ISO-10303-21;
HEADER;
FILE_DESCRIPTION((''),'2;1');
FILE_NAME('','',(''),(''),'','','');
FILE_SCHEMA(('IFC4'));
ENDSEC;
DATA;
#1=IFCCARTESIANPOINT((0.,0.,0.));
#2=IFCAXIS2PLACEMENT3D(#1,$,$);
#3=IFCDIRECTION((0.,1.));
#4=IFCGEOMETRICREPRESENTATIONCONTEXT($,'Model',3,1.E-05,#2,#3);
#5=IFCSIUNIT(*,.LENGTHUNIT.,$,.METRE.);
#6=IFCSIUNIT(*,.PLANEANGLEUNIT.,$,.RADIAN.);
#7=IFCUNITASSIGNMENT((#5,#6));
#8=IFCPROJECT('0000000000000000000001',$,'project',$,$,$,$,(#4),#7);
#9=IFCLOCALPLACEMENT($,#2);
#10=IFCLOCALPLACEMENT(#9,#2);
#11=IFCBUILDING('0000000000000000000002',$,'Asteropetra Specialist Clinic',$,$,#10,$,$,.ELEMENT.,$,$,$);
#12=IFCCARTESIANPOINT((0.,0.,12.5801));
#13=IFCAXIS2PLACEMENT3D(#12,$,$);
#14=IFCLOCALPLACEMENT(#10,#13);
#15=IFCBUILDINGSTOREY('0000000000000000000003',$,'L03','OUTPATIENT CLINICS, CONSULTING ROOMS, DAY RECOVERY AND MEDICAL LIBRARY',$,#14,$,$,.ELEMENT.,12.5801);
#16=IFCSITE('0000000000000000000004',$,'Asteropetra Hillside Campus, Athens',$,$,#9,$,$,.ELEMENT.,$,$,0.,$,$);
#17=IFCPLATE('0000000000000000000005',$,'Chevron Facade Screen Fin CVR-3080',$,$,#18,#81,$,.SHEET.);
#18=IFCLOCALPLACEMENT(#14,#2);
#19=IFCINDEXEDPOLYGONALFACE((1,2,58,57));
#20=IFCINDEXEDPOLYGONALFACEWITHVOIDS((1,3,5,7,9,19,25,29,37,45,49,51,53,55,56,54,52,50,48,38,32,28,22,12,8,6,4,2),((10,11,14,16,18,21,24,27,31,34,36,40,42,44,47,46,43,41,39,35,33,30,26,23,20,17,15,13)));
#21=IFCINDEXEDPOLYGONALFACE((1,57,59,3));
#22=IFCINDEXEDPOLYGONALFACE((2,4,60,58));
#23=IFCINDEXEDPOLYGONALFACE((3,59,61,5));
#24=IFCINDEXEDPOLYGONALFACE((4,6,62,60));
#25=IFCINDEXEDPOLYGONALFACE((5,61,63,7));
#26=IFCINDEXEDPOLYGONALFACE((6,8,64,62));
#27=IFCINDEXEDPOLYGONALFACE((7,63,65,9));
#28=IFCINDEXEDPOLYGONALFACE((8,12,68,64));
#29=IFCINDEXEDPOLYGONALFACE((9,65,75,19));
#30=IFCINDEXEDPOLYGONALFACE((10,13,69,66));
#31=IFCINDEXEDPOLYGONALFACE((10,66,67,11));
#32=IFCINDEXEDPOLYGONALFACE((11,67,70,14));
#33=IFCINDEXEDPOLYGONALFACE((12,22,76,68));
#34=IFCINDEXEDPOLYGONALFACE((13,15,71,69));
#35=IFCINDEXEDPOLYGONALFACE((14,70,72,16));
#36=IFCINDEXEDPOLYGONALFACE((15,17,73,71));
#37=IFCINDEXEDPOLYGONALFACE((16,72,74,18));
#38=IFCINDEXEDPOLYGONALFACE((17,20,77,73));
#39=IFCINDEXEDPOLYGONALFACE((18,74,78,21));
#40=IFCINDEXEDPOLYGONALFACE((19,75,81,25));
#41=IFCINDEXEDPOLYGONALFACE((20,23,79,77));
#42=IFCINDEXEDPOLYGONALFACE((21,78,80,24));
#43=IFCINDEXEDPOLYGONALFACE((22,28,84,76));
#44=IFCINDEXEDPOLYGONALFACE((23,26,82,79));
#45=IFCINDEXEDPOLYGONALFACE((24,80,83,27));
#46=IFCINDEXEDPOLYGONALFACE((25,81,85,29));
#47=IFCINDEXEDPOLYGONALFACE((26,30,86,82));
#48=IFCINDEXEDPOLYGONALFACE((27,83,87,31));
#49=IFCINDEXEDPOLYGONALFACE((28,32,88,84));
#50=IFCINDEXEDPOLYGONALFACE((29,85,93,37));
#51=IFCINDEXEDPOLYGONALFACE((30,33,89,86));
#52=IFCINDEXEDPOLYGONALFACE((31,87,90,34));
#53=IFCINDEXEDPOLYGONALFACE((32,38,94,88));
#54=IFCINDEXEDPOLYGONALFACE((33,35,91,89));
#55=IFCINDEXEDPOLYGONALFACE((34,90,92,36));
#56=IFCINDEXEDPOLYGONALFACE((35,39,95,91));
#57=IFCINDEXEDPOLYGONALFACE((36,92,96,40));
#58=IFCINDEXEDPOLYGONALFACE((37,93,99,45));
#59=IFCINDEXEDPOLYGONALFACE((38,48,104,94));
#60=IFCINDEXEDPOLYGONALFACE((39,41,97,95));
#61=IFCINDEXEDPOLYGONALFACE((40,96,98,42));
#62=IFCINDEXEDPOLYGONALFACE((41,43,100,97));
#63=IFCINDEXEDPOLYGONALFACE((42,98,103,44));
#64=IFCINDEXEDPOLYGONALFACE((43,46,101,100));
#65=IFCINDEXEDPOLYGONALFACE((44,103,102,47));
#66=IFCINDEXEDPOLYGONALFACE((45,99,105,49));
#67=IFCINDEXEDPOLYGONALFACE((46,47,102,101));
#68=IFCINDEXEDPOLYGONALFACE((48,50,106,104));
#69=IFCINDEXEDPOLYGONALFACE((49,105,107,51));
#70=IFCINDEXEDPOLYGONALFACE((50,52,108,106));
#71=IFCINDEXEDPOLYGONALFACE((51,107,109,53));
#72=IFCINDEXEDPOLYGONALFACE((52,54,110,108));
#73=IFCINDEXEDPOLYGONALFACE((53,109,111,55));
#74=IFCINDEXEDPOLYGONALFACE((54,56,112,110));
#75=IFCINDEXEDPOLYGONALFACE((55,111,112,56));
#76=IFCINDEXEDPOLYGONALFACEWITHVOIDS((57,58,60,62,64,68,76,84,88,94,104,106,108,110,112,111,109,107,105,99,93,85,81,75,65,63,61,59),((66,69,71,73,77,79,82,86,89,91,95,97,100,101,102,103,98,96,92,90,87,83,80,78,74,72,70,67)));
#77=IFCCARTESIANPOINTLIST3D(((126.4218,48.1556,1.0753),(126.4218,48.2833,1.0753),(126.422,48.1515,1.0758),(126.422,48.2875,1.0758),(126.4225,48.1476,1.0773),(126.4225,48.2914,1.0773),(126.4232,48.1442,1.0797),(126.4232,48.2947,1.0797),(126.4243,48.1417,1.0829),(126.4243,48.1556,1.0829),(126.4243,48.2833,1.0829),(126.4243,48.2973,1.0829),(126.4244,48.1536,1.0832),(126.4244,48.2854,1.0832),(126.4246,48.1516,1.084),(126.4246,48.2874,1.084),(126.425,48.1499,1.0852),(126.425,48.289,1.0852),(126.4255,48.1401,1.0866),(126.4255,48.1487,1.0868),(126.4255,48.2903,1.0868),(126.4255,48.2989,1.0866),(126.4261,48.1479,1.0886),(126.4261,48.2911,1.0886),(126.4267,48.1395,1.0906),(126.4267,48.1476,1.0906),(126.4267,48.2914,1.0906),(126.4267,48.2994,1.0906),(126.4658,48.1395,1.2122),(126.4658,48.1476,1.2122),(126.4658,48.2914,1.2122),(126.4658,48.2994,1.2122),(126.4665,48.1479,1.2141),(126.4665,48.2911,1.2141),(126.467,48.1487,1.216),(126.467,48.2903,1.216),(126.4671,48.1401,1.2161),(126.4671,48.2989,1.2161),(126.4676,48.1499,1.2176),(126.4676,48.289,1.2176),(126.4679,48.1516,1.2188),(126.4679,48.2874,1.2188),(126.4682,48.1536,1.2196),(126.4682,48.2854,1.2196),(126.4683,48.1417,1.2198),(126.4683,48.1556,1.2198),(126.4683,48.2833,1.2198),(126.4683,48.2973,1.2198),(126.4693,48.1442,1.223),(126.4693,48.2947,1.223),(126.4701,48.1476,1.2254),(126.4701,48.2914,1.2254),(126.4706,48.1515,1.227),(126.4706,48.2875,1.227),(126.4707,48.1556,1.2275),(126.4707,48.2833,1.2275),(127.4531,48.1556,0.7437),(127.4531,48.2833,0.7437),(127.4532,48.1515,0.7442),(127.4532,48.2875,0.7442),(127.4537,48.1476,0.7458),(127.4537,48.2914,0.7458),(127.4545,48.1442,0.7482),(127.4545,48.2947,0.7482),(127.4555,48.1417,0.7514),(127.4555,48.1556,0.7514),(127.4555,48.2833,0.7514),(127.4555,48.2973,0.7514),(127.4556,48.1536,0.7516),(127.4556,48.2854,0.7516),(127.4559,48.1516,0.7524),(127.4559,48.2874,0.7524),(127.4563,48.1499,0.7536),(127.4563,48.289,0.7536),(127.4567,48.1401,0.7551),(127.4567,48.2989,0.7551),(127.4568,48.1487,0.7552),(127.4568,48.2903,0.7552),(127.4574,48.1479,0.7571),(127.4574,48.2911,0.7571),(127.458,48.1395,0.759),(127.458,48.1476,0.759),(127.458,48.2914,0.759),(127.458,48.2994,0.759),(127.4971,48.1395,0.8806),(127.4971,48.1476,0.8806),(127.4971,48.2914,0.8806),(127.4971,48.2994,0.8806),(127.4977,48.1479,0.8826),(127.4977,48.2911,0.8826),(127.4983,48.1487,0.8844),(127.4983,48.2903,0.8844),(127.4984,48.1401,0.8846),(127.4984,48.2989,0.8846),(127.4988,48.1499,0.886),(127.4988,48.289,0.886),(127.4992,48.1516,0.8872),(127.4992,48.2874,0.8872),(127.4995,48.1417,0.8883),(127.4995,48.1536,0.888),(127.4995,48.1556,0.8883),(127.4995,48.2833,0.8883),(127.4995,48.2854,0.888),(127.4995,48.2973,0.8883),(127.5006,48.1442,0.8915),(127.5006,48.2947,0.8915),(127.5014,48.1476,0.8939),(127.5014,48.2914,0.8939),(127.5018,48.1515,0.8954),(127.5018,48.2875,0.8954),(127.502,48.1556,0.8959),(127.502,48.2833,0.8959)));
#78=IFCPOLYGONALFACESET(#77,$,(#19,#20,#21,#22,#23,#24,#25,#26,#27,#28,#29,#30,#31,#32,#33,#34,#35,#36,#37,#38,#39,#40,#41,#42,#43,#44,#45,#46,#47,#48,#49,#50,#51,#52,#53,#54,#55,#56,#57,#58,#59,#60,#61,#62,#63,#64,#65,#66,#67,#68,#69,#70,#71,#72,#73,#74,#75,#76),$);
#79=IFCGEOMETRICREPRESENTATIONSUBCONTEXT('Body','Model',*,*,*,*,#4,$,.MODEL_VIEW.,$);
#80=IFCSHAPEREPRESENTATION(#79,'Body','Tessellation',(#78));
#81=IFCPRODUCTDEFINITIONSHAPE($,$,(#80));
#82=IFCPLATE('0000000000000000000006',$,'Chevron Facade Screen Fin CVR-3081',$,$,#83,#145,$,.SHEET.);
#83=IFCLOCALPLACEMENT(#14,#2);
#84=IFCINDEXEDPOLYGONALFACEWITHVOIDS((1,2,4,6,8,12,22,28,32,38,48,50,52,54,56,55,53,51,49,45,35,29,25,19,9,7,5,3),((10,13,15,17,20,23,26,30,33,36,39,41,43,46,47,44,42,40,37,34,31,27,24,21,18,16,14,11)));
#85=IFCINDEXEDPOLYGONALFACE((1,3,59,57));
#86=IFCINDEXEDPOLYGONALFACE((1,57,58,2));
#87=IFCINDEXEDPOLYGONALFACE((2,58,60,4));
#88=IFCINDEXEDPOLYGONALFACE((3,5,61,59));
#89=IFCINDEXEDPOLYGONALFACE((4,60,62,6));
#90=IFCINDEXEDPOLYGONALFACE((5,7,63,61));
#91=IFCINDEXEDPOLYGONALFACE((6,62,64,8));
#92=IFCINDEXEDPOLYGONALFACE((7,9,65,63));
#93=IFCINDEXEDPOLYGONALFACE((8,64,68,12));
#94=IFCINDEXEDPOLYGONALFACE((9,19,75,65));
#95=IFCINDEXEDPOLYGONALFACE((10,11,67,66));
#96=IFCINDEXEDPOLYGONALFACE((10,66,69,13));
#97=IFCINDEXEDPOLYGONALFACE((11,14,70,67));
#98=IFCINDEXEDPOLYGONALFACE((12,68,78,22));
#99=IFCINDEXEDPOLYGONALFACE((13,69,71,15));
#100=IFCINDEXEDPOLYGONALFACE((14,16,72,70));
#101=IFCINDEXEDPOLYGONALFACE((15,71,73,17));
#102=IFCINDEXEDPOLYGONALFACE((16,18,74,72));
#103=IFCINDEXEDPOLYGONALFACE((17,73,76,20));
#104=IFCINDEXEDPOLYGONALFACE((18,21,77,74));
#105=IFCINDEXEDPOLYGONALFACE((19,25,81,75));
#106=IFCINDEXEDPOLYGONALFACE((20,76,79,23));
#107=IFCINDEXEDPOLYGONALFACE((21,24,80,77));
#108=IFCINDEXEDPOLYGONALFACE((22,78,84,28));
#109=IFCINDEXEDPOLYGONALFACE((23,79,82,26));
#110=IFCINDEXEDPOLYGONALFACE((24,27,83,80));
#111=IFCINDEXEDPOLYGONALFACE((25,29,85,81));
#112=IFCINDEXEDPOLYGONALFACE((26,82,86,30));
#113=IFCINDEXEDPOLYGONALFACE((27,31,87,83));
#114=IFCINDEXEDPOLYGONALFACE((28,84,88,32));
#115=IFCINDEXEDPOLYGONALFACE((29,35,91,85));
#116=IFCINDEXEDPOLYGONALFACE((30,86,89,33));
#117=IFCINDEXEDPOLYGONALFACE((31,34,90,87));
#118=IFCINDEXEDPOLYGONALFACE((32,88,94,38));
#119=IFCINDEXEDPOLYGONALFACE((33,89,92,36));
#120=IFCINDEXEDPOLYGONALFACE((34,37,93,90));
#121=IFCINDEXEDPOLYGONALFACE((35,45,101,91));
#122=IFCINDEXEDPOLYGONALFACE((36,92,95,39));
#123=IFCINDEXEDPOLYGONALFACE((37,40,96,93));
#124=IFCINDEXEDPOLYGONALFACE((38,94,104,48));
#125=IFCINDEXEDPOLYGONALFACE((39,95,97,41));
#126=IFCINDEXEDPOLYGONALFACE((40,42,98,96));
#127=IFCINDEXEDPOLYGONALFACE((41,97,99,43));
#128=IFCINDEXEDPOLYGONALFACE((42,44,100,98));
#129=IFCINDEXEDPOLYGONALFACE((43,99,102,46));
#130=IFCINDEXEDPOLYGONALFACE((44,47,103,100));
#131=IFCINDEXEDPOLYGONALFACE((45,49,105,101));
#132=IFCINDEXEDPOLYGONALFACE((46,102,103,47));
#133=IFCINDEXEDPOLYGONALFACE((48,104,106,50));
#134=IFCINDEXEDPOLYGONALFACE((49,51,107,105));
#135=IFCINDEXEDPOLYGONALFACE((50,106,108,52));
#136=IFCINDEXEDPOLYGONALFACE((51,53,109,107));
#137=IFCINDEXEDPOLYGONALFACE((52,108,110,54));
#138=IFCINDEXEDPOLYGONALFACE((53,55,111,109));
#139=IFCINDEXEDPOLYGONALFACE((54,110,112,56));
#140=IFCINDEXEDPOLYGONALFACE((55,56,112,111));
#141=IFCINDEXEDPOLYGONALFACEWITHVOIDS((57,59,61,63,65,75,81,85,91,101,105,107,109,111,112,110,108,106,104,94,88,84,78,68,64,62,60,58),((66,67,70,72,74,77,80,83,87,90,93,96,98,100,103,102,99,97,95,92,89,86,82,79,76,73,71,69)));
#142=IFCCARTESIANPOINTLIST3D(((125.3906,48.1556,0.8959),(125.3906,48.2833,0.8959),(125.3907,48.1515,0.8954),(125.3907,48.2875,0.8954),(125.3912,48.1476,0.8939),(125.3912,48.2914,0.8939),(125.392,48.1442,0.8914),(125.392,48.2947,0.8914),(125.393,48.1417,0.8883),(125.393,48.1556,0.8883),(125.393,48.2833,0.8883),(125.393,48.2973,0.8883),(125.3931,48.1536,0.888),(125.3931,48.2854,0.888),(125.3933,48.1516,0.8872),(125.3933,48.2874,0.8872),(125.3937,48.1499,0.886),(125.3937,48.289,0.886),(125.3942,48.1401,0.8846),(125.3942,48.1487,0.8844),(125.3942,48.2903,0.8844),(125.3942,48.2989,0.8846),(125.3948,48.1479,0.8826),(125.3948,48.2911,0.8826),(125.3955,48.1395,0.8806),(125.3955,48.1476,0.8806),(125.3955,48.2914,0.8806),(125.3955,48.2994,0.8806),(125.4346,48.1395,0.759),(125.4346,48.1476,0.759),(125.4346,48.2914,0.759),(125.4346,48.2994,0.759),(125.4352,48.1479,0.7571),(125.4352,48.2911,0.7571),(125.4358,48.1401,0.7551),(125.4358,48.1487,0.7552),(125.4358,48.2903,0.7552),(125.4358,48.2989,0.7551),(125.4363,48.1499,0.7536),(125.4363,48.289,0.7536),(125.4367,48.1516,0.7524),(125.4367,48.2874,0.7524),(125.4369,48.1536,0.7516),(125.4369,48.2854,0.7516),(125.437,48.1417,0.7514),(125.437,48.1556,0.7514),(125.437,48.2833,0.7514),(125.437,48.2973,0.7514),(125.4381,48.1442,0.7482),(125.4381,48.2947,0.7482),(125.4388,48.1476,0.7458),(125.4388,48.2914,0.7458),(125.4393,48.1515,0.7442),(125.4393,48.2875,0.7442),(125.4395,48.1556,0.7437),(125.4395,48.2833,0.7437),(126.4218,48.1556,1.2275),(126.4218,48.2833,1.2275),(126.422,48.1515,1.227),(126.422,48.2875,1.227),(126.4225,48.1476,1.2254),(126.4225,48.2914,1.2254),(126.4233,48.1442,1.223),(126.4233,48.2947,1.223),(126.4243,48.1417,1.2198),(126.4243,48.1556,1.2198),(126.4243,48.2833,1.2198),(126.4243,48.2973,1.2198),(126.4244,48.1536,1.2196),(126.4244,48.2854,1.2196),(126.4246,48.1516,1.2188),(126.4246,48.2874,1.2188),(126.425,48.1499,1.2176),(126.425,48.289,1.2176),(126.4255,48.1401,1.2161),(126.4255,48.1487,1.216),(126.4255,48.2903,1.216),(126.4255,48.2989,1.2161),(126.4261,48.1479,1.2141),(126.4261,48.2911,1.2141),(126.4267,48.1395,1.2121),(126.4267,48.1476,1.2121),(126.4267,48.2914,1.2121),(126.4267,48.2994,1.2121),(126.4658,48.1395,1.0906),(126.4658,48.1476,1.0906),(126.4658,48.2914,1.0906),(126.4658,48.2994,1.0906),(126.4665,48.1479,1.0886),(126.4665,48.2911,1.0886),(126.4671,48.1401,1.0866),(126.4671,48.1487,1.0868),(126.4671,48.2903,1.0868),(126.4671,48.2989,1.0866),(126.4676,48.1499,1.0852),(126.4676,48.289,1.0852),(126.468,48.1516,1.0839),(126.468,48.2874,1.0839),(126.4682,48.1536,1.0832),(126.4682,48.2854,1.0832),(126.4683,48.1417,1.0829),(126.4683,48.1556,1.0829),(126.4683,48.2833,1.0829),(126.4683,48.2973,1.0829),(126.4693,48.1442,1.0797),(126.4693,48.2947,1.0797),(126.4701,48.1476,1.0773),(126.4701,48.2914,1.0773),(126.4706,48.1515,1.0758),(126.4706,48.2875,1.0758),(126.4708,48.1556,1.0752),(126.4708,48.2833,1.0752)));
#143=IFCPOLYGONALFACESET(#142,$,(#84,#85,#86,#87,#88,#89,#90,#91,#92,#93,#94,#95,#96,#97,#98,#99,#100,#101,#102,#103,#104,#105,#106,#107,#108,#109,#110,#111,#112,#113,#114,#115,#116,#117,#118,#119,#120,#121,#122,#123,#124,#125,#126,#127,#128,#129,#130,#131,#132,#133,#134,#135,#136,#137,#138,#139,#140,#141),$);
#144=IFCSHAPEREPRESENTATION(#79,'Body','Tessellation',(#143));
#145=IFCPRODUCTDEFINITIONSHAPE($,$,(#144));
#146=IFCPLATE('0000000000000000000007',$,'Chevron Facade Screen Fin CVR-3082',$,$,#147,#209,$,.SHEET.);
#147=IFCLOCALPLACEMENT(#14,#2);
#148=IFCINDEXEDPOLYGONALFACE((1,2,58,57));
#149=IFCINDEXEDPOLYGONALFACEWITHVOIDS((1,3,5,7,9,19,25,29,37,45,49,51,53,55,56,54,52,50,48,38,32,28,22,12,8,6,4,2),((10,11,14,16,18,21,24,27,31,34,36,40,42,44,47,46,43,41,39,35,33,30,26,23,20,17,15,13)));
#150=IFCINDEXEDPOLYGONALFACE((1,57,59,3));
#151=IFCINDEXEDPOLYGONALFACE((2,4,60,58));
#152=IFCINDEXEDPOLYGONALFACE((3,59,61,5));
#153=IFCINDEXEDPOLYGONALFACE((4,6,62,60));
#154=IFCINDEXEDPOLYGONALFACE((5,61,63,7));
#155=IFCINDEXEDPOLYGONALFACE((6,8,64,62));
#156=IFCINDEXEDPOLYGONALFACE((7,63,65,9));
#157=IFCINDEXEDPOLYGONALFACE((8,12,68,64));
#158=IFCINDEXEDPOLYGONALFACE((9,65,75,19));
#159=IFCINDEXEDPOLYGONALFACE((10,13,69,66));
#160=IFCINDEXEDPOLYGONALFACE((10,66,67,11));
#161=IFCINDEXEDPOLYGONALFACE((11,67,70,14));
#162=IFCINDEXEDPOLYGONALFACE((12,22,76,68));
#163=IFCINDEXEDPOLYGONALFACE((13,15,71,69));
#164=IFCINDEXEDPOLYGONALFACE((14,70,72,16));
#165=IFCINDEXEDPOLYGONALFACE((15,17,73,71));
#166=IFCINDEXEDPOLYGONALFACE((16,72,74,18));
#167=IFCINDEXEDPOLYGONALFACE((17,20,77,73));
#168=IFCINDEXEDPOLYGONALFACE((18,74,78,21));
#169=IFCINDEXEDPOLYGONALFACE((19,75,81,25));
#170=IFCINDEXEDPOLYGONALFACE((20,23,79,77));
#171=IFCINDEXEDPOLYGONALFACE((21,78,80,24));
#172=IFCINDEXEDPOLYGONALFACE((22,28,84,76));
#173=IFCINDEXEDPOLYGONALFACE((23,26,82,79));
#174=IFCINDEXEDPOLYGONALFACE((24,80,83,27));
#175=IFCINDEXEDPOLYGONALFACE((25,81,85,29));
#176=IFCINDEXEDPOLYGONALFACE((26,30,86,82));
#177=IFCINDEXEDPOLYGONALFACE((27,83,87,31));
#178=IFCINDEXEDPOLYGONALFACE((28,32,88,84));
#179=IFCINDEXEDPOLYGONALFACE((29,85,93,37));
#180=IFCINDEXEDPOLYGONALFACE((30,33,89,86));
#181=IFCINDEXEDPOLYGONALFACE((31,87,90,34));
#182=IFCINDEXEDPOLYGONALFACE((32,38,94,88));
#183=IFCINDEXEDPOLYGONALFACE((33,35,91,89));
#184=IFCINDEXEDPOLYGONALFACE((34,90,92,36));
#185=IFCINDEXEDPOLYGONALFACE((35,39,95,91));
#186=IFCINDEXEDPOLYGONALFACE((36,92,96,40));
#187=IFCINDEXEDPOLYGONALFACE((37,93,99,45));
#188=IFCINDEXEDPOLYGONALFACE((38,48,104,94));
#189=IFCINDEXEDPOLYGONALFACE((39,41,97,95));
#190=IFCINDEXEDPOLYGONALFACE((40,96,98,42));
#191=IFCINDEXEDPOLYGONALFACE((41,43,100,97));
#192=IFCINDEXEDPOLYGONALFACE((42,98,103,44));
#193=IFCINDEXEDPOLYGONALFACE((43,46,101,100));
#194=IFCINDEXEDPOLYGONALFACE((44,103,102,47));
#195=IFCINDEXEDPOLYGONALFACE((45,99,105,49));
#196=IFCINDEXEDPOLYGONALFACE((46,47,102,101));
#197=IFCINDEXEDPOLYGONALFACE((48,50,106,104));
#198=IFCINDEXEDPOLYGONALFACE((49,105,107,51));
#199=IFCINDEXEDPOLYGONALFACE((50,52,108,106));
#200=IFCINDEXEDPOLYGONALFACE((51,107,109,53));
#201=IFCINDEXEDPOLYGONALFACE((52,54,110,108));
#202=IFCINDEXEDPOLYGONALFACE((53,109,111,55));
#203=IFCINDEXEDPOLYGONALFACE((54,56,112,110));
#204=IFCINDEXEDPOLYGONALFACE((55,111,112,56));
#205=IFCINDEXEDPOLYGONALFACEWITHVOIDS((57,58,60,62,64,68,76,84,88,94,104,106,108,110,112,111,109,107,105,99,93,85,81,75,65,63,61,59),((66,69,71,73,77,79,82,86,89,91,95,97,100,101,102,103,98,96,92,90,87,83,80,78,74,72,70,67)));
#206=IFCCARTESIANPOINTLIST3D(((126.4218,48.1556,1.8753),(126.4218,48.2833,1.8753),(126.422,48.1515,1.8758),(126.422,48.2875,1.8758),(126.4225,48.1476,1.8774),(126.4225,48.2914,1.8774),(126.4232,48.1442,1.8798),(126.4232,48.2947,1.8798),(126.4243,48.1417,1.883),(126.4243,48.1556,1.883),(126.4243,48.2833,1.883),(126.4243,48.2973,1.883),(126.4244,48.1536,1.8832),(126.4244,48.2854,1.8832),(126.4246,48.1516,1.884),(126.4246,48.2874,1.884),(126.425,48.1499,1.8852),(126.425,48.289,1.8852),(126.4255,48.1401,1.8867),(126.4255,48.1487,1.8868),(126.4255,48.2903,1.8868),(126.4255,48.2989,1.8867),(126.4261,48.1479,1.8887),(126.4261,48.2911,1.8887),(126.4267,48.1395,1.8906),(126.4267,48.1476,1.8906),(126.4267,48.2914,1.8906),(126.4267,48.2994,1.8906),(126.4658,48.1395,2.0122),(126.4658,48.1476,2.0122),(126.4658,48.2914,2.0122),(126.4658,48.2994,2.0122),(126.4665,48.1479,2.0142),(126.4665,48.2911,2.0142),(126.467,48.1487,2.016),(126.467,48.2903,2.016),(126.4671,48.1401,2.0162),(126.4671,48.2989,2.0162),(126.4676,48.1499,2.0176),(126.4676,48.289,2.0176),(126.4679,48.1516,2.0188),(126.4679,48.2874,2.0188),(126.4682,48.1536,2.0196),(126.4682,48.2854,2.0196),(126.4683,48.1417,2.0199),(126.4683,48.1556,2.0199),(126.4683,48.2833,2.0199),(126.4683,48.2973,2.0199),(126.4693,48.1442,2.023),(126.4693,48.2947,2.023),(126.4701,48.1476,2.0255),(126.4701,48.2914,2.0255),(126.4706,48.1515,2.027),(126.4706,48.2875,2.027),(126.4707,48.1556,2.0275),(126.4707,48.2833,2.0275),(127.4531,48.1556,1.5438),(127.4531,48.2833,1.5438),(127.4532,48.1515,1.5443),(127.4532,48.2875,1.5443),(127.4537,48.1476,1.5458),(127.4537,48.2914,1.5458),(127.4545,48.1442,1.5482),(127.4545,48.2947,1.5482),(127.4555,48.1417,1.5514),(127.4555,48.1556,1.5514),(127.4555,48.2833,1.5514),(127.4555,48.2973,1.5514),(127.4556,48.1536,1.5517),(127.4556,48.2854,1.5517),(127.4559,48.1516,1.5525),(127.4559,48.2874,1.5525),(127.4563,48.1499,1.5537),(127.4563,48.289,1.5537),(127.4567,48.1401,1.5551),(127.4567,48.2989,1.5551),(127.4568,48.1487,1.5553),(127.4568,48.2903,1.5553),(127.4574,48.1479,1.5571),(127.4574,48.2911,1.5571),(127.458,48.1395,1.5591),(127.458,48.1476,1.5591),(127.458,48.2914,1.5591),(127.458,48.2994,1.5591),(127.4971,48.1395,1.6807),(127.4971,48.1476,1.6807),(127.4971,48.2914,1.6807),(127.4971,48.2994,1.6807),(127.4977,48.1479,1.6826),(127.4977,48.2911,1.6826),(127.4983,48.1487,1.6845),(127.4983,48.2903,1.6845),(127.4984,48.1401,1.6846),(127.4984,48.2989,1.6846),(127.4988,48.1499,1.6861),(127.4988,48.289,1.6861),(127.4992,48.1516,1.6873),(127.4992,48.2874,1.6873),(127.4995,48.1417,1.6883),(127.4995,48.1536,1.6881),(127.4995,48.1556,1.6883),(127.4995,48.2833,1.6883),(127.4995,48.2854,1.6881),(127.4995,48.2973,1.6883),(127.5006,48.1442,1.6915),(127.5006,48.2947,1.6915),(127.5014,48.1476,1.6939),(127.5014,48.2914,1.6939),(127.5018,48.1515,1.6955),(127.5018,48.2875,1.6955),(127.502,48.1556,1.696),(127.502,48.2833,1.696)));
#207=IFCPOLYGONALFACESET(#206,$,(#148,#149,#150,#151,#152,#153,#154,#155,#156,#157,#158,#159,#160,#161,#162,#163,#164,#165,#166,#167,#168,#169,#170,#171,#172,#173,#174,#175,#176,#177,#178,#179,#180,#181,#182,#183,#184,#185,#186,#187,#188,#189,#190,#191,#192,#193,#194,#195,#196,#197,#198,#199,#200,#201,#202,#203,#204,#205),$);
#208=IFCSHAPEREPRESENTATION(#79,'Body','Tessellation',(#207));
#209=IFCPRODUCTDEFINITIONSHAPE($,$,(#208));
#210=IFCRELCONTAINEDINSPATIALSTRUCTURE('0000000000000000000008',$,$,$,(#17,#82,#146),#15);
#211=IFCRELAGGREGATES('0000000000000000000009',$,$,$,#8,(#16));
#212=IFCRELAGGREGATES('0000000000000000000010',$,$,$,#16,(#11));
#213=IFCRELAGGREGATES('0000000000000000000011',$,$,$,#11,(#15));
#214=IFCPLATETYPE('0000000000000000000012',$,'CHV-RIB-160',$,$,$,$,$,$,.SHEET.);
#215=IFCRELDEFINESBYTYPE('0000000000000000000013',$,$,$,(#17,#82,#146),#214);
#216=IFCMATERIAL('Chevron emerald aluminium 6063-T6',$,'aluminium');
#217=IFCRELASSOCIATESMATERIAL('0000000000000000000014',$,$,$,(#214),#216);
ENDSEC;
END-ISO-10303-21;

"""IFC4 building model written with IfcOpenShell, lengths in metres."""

from ifc_helpers import new_model, si_unit, direction, frame, origin, origin_2d, place, context, subcontext, project, spatial, hollow_rectangle, extrude, material, material_profile, profile_set, type_object, element, save


model = new_model("IFC4")

# Units and contexts
model_context = context("Model", 3, precision=1e-05, world=origin(), true_north=direction((0.0, 1.0)))
body_context = subcontext(model_context, "Body", "Model", "MODEL_VIEW")
ifc_project = project(units=[si_unit("LENGTHUNIT", "METRE"), si_unit("PLANEANGLEUNIT", "RADIAN")], contexts=[model_context])

# Site, building, storey
site_placement = place(None, origin())
site = spatial("IfcSite", under=ifc_project, at=site_placement, Name="Asteropetra Hillside Campus, Athens", CompositionType="ELEMENT", RefElevation=0.0)
building_placement = place(site_placement, origin())
building = spatial("IfcBuilding", under=site, at=building_placement, Name="Asteropetra Specialist Clinic", CompositionType="ELEMENT")
storey_placement = place(building_placement, frame((0.0, 0.0, 12.5801)))
storey = spatial("IfcBuildingStorey", under=building, at=storey_placement, Name="L03", Description="OUTPATIENT CLINICS, CONSULTING ROOMS, DAY RECOVERY AND MEDICAL LIBRARY", CompositionType="ELEMENT", Elevation=12.5801)

# Plates
ifc_material_1 = material(Name="Chevron emerald aluminium 6063-T6", Category="aluminium")
ifc_material_profile = material_profile(ifc_material_1, hollow_rectangle(XDim=0.1599, YDim=0.1599, WallThickness=0.0081, InnerFilletRadius=0.0081, OuterFilletRadius=0.0161, at=origin_2d()), Name="SHS 160x160x8.0")
ifc_profile_set = profile_set([ifc_material_profile], Name="Chevron emerald aluminium 6063-T6")
plate_type_1 = type_object("IfcPlateType", Name="CHV-RIB-160", PredefinedType="SHEET", material=ifc_profile_set)
for number, where, z_axis, x_axis, name in (
    (1, (127.4775, 48.2195, 0.8198), (-0.95201, 0.0, 0.306068), (0.0, -1.0, 0.0), "Chevron Facade Screen Fin CVR-3080"),
    (2, (126.4463, 48.2195, 1.1514), (-0.95201, 0.0, -0.306068), (0.0, -1.0, 0.0), "Chevron Facade Screen Fin CVR-3081"),
    (3, (127.4775, 48.2195, 1.6199), (-0.95201, 0.0, 0.306068), (0.0, -1.0, 0.0), "Chevron Facade Screen Fin CVR-3082"),
):
    element("IfcPlate", number, at=place(storey_placement, frame(where, z_axis=z_axis, x_axis=x_axis)), inside=storey, type_object=plate_type_1, Name=name, PredefinedType="SHEET", context=body_context, shape_type="SweptSolid", body=[
        extrude(hollow_rectangle(XDim=0.1599, YDim=0.1599, WallThickness=0.0081, InnerFilletRadius=0.0081, OuterFilletRadius=0.0161, at=origin_2d()), origin(), (0.0, 0.0, 1.0), 1.0833),
    ])

save(model, "model.ifc")
